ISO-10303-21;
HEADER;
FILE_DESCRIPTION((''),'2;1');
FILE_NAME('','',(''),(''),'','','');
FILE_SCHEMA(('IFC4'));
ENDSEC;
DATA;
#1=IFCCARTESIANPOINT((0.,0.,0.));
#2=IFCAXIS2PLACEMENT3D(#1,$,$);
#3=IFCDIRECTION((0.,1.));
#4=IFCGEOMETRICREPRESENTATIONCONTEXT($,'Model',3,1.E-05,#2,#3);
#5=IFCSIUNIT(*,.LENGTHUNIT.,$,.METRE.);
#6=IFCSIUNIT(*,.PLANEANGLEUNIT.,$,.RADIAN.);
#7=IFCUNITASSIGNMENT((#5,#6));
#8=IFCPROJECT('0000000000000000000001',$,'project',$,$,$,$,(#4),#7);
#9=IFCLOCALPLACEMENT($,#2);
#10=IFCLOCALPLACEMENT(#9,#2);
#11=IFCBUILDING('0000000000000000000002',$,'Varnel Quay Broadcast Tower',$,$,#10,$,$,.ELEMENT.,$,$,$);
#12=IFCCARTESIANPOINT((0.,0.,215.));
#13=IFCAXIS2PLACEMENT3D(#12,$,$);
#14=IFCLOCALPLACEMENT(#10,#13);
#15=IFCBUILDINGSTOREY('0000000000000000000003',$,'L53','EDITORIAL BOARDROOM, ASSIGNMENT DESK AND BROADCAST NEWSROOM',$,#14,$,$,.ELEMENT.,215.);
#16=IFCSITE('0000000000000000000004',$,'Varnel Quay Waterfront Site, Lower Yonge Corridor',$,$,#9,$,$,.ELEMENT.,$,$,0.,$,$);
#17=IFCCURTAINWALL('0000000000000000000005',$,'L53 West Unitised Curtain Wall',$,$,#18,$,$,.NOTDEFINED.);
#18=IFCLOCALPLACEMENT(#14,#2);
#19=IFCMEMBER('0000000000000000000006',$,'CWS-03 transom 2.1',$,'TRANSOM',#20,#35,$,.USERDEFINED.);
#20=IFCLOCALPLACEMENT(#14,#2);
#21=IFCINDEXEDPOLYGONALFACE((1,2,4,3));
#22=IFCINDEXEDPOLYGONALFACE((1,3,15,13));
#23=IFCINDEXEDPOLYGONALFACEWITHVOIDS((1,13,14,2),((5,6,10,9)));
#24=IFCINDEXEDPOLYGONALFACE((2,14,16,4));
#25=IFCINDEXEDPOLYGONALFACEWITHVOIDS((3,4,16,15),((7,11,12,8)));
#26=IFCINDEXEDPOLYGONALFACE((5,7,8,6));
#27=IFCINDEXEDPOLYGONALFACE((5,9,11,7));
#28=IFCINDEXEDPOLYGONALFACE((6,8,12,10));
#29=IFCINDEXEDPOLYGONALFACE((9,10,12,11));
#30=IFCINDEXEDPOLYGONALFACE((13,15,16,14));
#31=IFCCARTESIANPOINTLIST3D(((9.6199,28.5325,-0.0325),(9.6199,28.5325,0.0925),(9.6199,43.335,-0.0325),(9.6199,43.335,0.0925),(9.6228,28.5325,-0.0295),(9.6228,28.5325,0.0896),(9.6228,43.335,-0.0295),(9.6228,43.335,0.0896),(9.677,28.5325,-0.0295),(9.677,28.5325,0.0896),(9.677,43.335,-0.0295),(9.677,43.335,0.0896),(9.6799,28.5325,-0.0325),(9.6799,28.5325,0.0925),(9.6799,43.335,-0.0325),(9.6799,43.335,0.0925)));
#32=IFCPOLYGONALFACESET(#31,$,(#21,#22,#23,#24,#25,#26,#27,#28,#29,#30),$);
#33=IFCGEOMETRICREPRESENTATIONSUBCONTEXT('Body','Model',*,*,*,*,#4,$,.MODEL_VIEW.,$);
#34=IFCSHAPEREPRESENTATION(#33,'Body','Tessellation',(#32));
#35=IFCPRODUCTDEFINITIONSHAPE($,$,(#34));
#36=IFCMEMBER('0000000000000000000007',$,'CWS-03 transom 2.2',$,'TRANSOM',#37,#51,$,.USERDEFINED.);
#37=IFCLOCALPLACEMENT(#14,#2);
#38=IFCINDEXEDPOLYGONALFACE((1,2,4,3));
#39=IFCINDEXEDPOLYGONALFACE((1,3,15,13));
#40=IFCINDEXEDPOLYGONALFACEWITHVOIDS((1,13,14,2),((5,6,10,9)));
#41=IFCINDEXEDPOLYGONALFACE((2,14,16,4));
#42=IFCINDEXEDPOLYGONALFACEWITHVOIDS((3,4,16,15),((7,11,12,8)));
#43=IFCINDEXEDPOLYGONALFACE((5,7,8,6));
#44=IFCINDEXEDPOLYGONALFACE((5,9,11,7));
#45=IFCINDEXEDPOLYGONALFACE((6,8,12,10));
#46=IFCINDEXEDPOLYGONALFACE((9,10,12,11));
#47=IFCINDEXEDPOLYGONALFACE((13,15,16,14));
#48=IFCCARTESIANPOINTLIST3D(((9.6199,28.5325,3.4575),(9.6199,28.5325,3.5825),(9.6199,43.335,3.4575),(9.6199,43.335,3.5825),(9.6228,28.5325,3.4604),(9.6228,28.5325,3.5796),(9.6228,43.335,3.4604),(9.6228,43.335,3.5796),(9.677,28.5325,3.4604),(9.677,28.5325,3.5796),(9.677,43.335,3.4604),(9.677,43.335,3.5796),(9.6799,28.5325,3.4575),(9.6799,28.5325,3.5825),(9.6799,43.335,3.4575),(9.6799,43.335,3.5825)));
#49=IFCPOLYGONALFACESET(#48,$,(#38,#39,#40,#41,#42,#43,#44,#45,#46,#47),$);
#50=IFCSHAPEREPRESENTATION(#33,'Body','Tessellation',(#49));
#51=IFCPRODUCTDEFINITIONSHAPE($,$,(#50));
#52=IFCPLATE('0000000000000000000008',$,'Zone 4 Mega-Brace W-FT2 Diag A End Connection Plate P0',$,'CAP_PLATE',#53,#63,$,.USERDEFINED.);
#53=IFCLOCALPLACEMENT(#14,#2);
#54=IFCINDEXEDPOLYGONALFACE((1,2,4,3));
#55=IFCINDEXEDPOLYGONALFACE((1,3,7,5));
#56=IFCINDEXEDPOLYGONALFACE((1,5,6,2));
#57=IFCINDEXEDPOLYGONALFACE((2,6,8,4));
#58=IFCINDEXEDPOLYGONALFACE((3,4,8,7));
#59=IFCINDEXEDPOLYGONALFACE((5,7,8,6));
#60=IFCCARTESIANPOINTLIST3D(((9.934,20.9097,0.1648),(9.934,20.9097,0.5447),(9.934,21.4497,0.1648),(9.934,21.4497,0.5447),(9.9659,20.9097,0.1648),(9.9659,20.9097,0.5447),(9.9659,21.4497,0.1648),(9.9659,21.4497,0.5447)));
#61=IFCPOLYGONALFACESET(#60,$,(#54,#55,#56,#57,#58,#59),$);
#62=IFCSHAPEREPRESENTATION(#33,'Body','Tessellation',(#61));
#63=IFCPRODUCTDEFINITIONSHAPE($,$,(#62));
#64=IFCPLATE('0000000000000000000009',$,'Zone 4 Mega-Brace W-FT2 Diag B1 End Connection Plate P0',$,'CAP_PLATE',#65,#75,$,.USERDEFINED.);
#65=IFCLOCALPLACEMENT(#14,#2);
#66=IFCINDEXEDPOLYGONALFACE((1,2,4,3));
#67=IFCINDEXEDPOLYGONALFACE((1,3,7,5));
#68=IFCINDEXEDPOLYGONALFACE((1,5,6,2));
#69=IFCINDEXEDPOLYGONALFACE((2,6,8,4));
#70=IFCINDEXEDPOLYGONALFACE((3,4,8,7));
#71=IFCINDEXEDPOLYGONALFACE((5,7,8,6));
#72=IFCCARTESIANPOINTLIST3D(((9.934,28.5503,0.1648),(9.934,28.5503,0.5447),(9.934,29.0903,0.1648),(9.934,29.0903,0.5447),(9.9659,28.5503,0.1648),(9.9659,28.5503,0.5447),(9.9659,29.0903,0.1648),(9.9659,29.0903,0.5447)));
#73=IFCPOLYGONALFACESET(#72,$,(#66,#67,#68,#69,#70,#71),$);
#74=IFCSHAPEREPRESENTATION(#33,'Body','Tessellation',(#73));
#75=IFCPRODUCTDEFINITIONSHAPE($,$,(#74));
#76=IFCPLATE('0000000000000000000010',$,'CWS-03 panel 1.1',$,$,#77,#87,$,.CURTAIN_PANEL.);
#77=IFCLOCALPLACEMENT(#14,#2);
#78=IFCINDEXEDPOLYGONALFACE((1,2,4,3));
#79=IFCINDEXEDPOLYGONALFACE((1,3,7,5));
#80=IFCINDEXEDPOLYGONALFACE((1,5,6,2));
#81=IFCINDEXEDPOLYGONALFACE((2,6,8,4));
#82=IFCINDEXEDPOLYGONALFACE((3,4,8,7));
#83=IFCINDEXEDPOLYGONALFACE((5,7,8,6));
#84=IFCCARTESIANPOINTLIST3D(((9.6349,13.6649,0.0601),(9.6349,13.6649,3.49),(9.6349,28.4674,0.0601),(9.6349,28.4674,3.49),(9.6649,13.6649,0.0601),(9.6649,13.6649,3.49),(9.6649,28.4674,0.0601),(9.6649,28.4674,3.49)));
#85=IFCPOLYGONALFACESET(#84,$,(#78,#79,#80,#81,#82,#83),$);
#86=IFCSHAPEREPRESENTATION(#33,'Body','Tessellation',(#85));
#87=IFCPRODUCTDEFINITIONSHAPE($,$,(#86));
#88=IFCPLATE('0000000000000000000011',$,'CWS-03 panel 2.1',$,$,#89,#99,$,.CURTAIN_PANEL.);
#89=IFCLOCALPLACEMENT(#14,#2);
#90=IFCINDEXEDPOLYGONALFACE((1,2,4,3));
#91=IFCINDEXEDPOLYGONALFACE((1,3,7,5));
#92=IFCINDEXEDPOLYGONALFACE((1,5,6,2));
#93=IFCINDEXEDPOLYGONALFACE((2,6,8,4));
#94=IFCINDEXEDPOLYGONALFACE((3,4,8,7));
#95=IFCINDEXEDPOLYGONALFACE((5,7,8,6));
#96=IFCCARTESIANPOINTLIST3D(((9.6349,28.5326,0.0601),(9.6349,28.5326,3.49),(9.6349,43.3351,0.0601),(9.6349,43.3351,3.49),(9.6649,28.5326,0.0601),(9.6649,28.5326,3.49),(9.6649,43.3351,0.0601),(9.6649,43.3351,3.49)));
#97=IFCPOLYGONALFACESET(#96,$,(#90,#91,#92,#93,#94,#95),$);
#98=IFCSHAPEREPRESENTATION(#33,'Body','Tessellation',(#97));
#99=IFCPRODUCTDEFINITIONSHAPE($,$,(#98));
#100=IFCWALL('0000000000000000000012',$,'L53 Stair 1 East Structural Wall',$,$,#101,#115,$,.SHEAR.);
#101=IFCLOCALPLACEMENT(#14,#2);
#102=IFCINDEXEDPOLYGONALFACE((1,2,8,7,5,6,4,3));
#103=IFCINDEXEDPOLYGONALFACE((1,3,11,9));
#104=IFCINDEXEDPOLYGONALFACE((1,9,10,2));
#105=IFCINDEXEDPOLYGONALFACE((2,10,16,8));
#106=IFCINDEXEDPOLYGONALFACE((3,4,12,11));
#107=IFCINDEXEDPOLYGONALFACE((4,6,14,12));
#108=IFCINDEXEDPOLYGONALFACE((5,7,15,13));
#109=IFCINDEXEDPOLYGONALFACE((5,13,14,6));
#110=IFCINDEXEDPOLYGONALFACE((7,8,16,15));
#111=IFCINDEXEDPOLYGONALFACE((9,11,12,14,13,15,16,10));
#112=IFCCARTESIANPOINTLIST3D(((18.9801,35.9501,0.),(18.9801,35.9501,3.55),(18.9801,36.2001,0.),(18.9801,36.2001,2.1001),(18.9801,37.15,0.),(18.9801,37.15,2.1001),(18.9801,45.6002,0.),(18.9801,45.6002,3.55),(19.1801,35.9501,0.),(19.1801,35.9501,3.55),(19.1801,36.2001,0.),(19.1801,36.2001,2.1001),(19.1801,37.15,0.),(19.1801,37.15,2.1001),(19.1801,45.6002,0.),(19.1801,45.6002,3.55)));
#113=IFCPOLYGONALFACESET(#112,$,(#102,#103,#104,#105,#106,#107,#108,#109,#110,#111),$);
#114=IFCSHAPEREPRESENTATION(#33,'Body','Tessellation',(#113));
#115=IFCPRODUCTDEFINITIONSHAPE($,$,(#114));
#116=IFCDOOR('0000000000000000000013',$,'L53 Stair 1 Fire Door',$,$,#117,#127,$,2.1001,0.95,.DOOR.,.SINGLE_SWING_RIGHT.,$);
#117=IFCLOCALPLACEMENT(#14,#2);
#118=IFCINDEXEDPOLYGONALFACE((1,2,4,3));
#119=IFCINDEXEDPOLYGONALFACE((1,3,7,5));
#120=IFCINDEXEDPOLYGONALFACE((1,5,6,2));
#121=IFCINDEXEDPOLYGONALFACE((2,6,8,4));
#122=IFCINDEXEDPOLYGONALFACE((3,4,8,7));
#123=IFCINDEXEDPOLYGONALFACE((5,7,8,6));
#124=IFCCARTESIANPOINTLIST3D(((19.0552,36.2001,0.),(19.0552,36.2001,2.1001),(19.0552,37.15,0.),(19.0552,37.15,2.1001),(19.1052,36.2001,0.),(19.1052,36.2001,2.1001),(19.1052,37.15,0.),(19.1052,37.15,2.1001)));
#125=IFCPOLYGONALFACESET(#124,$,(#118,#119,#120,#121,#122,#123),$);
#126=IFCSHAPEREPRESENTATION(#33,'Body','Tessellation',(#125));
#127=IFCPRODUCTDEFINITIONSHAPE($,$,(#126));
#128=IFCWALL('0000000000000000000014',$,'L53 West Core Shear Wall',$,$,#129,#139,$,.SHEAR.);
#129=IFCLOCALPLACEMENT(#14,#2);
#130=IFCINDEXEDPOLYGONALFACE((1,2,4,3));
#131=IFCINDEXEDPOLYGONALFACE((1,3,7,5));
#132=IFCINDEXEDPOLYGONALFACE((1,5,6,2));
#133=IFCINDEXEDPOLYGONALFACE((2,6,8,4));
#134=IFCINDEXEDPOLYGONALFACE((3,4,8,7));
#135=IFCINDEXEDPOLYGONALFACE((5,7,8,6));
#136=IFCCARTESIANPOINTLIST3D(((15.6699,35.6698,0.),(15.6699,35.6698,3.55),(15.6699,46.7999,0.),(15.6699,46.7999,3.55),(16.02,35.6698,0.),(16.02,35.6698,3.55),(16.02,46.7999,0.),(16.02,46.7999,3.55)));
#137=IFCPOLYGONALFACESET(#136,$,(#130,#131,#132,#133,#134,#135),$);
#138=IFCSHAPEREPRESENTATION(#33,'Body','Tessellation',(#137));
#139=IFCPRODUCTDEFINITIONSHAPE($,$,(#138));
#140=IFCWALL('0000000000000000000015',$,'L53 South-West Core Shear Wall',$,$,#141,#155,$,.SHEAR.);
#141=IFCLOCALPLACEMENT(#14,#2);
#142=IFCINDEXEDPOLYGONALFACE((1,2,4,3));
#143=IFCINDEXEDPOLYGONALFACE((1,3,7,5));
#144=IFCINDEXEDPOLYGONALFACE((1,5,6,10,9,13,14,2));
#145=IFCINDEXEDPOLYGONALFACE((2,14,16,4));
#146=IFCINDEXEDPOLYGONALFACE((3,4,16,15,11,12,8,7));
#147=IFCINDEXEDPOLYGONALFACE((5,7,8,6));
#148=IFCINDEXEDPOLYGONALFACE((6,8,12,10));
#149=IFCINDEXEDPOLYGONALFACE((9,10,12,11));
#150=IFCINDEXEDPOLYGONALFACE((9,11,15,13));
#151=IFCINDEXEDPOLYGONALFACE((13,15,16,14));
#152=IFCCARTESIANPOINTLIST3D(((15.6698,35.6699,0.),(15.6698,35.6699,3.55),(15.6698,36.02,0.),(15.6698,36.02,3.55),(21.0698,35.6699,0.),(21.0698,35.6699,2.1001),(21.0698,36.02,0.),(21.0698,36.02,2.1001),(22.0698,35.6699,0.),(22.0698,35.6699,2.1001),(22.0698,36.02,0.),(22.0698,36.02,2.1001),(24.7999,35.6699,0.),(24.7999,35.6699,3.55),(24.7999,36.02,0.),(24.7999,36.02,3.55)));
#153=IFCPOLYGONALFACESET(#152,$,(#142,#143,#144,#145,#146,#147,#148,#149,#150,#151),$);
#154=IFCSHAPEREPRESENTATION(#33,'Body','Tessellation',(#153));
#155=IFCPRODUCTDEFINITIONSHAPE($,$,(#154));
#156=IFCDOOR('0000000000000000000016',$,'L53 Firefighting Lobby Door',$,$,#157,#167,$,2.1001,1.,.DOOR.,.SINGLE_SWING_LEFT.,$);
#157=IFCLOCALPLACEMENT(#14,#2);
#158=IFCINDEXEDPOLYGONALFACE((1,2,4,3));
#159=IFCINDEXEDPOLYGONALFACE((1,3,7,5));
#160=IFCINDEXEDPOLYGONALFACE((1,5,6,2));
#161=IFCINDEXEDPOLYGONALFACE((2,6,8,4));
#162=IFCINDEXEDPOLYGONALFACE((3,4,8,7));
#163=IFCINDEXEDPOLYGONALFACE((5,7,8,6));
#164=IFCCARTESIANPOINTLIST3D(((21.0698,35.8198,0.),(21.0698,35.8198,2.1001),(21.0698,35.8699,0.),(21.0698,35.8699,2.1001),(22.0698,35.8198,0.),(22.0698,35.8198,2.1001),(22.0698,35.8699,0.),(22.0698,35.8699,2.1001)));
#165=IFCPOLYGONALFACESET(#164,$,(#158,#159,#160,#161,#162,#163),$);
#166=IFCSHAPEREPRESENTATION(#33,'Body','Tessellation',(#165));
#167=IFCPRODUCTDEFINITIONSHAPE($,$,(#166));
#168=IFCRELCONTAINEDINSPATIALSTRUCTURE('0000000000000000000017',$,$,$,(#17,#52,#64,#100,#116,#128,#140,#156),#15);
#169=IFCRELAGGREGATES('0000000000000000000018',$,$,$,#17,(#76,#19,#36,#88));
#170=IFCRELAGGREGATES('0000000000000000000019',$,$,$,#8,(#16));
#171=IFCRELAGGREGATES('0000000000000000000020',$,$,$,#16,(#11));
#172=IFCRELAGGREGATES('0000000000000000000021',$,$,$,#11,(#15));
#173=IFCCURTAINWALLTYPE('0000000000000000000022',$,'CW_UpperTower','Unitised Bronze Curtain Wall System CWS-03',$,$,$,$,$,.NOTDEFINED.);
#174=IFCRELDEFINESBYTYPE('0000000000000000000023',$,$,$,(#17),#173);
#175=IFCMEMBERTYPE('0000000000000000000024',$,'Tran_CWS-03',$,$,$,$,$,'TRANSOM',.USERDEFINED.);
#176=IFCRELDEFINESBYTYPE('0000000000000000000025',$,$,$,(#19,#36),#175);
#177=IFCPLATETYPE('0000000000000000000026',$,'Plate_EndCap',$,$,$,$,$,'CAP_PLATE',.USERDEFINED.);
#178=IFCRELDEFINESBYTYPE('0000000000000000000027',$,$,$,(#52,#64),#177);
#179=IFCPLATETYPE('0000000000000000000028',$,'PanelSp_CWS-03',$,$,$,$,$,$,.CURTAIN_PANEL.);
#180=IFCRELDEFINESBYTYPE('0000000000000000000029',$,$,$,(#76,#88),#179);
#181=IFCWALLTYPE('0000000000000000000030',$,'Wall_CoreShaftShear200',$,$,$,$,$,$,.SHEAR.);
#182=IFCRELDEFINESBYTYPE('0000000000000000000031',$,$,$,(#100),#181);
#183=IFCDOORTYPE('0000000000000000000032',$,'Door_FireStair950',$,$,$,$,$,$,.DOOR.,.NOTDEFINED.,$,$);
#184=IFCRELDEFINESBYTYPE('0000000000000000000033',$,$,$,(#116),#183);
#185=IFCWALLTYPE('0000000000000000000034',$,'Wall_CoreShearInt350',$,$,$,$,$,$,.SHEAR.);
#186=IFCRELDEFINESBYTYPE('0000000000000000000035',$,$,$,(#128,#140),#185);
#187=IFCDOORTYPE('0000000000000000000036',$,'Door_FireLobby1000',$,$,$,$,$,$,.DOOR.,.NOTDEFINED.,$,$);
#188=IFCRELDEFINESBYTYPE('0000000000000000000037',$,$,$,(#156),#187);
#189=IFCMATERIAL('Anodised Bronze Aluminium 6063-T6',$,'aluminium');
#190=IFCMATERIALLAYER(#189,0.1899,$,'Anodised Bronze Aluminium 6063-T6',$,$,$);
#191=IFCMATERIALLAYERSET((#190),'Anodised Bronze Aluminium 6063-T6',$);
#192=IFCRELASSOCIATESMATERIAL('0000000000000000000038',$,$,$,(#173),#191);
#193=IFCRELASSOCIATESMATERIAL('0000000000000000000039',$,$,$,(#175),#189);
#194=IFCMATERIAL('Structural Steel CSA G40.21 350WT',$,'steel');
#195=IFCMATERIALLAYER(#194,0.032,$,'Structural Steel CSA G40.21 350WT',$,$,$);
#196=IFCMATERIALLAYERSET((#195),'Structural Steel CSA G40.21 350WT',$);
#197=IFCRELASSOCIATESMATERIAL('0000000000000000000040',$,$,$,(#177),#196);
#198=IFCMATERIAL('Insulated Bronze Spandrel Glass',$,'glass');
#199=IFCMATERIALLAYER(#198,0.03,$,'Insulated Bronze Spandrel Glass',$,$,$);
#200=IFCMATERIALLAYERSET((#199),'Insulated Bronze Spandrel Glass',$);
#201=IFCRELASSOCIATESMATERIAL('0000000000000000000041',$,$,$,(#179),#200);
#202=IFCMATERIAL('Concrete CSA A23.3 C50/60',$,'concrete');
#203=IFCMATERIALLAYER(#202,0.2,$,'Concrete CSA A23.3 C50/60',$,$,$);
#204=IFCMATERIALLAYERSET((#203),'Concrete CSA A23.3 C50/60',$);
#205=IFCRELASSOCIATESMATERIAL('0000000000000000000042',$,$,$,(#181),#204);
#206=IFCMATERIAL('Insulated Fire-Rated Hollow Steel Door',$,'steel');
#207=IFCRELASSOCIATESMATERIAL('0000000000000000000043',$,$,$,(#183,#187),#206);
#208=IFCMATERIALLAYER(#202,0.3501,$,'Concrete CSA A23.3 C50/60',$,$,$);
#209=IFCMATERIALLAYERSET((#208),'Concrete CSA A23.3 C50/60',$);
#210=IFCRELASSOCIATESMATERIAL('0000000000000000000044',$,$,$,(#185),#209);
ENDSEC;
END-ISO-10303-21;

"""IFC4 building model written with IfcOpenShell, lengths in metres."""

from ifc_helpers import new_model, si_unit, direction, frame, frame_2d, origin, origin_2d, place, context, subcontext, project, spatial, rectangle, hollow_rectangle, extrude, source, transform, mapped, material, layer, layer_set, material_profile, profile_set, type_object, type_shapes, element, fill, aggregate, save


model = new_model("IFC4")

# Units and contexts
model_context = context("Model", 3, precision=1e-05, world=origin(), true_north=direction((0.0, 1.0)))
body_context = subcontext(model_context, "Body", "Model", "MODEL_VIEW")
ifc_project = project(units=[si_unit("LENGTHUNIT", "METRE"), si_unit("PLANEANGLEUNIT", "RADIAN")], contexts=[model_context])

# Site, building, storey
site_placement = place(None, origin())
site = spatial("IfcSite", under=ifc_project, at=site_placement, Name="Varnel Quay Waterfront Site, Lower Yonge Corridor", CompositionType="ELEMENT", RefElevation=0.0)
building_placement = place(site_placement, origin())
building = spatial("IfcBuilding", under=site, at=building_placement, Name="Varnel Quay Broadcast Tower", CompositionType="ELEMENT")
storey_placement = place(building_placement, frame((0.0, 0.0, 215.0)))
storey = spatial("IfcBuildingStorey", under=building, at=storey_placement, Name="L53", Description="EDITORIAL BOARDROOM, ASSIGNMENT DESK AND BROADCAST NEWSROOM", CompositionType="ELEMENT", Elevation=215.0)

# Shared definitions
ifc_material_1 = material(Name="Structural Steel CSA G40.21 350WT", Category="steel")

# Shared definitions
ifc_material_2 = material(Name="Concrete CSA A23.3 C50/60", Category="concrete")

# Curtain wall, members
ifc_material_3 = material(Name="Anodised Bronze Aluminium 6063-T6", Category="aluminium")
ifc_layer_1 = layer(ifc_material_3, 0.1899, Name="Anodised Bronze Aluminium 6063-T6")
ifc_layer_set_1 = layer_set([ifc_layer_1], Name="Anodised Bronze Aluminium 6063-T6")
curtain_wall_type = type_object("IfcCurtainWallType", Name="CW_UpperTower", Description="Unitised Bronze Curtain Wall System CWS-03", PredefinedType="NOTDEFINED", material=ifc_layer_set_1)
curtain_wall_placement = place(storey_placement, origin())
curtain_wall = element("IfcCurtainWall", 1, at=curtain_wall_placement, inside=storey, type_object=curtain_wall_type, Name="L53 West Unitised Curtain Wall", PredefinedType="NOTDEFINED")
ifc_material_profile_1 = material_profile(ifc_material_3, hollow_rectangle(XDim=0.0601, YDim=0.125, WallThickness=0.0029, at=origin_2d()), Name="ALU60X125X3")
ifc_profile_set_1 = profile_set([ifc_material_profile_1], Name="Anodised Bronze Aluminium 6063-T6")
member_type_1 = type_object("IfcMemberType", Name="Tran_CWS-03", ElementType="TRANSOM", PredefinedType="USERDEFINED", material=ifc_profile_set_1)
shared_shape_1 = source(origin(), body_context, "Body", "SweptSolid", [
    extrude(hollow_rectangle(XDim=0.0601, YDim=0.125, WallThickness=0.0029, at=origin_2d()), origin(), (0.0, 0.0, 1.0), 14.8025),
])
type_shapes(member_type_1, [shared_shape_1])
member_1_placement = place(storey_placement, frame((9.6499, 28.5325, 0.03), z_axis=(0.0, 1.0, 0.0), x_axis=(-1.0, 0.0, 0.0)))
member_1 = element("IfcMember", 2, at=member_1_placement, type_object=member_type_1, Name="CWS-03 transom 2.1", ObjectType="TRANSOM", PredefinedType="USERDEFINED", context=body_context, shape_type="MappedRepresentation", body=[
    mapped(shared_shape_1, transform((0.0, 0.0, 0.0), x_axis=(1.0, 0.0, 0.0), y_axis=(0.0, 1.0, 0.0), z_axis=(0.0, 0.0, 1.0), scale=1.0)),
])
member_2_placement = place(storey_placement, frame((9.6499, 28.5325, 3.52), z_axis=(0.0, 1.0, 0.0), x_axis=(-1.0, 0.0, 0.0)))
member_2 = element("IfcMember", 3, at=member_2_placement, type_object=member_type_1, Name="CWS-03 transom 2.2", ObjectType="TRANSOM", PredefinedType="USERDEFINED", context=body_context, shape_type="MappedRepresentation", body=[
    mapped(shared_shape_1, transform((0.0, 0.0, 0.0), x_axis=(1.0, 0.0, 0.0), y_axis=(0.0, 1.0, 0.0), z_axis=(0.0, 0.0, 1.0), scale=1.0)),
])

# Plates
ifc_layer_2 = layer(ifc_material_1, 0.032, Name="Structural Steel CSA G40.21 350WT")
ifc_layer_set_2 = layer_set([ifc_layer_2], Name="Structural Steel CSA G40.21 350WT")
plate_type_1 = type_object("IfcPlateType", Name="Plate_EndCap", ElementType="CAP_PLATE", PredefinedType="USERDEFINED", material=ifc_layer_set_2)
shared_shape_2 = source(origin(), body_context, "Body", "SweptSolid", [
    extrude(rectangle(XDim=0.54, YDim=0.032, at=origin_2d()), origin(), (0.0, 0.0, 1.0), 0.3799),
])
type_shapes(plate_type_1, [shared_shape_2])
for number, where, z_axis, x_axis, name in (
    (4, (9.95, 21.1797, 0.1648), (0.0, 0.0, 1.0), (0.0, 1.0, 0.0), "Zone 4 Mega-Brace W-FT2 Diag A End Connection Plate P0"),
    (5, (9.95, 28.8203, 0.1648), (0.0, 0.0, 1.0), (0.0, 1.0, 0.0), "Zone 4 Mega-Brace W-FT2 Diag B1 End Connection Plate P0"),
):
    element("IfcPlate", number, at=place(storey_placement, frame(where, z_axis=z_axis, x_axis=x_axis)), inside=storey, type_object=plate_type_1, Name=name, ObjectType="CAP_PLATE", PredefinedType="USERDEFINED", context=body_context, shape_type="MappedRepresentation", body=[
        mapped(shared_shape_2, transform((0.0, 0.0, 0.0), x_axis=(1.0, 0.0, 0.0), y_axis=(0.0, 1.0, 0.0), z_axis=(0.0, 0.0, 1.0), scale=1.0)),
    ])

# Plates
ifc_material_4 = material(Name="Insulated Bronze Spandrel Glass", Category="glass")
ifc_layer_3 = layer(ifc_material_4, 0.03, Name="Insulated Bronze Spandrel Glass")
ifc_layer_set_3 = layer_set([ifc_layer_3], Name="Insulated Bronze Spandrel Glass")
plate_type_2 = type_object("IfcPlateType", Name="PanelSp_CWS-03", PredefinedType="CURTAIN_PANEL", material=ifc_layer_set_3)
shared_shape_3 = source(origin(), body_context, "Body", "SweptSolid", [
    extrude(rectangle(XDim=14.8025, YDim=0.03, at=origin_2d()), origin(), (0.0, 0.0, 1.0), 3.4299),
])
type_shapes(plate_type_2, [shared_shape_3])
plate_1_placement = place(storey_placement, frame((9.6499, 21.0662, 0.0601), z_axis=(0.0, 0.0, 1.0), x_axis=(0.0, 1.0, 0.0)))
plate_1 = element("IfcPlate", 6, at=plate_1_placement, type_object=plate_type_2, Name="CWS-03 panel 1.1", PredefinedType="CURTAIN_PANEL", context=body_context, shape_type="MappedRepresentation", body=[
    mapped(shared_shape_3, transform((0.0, 0.0, 0.0), x_axis=(1.0, 0.0, 0.0), y_axis=(0.0, 1.0, 0.0), z_axis=(0.0, 0.0, 1.0), scale=1.0)),
])
plate_2_placement = place(storey_placement, frame((9.6499, 35.9338, 0.0601), z_axis=(0.0, 0.0, 1.0), x_axis=(0.0, 1.0, 0.0)))
plate_2 = element("IfcPlate", 7, at=plate_2_placement, type_object=plate_type_2, Name="CWS-03 panel 2.1", PredefinedType="CURTAIN_PANEL", context=body_context, shape_type="MappedRepresentation", body=[
    mapped(shared_shape_3, transform((0.0, 0.0, 0.0), x_axis=(1.0, 0.0, 0.0), y_axis=(0.0, 1.0, 0.0), z_axis=(0.0, 0.0, 1.0), scale=1.0)),
])
aggregate(curtain_wall, [plate_1, member_1, member_2, plate_2])

# Wall, opening, door
ifc_layer_4 = layer(ifc_material_2, 0.2, Name="Concrete CSA A23.3 C50/60")
ifc_layer_set_4 = layer_set([ifc_layer_4], Name="Concrete CSA A23.3 C50/60")
wall_type_1 = type_object("IfcWallType", Name="Wall_CoreShaftShear200", PredefinedType="SHEAR", material=ifc_layer_set_4)
wall_1_placement = place(storey_placement, frame((19.0801, 35.95, 0.0), z_axis=(0.0, 0.0, 1.0), x_axis=(0.0, 1.0, 0.0)))
wall_1 = element("IfcWall", 8, at=wall_1_placement, inside=storey, type_object=wall_type_1, Name="L53 Stair 1 East Structural Wall", PredefinedType="SHEAR", context=body_context, shape_type="SweptSolid", body=[
    extrude(rectangle(XDim=9.6501, YDim=0.2, at=frame_2d((4.8252, 0.0))), origin(), (0.0, 0.0, 1.0), 3.55),
])
opening_1_placement = place(wall_1_placement, frame((0.25, 0.0, 0.0)))
opening_1 = element("IfcOpeningElement", 9, at=opening_1_placement, cuts=wall_1, PredefinedType="OPENING", context=body_context, shape_type="SweptSolid", body=[
    extrude(rectangle(XDim=0.95, YDim=2.1001, at=frame_2d((0.4751, 1.05))), frame((0.0, 0.1099, 0.0), z_axis=(0.0, -1.0, 0.0), x_axis=(1.0, 0.0, 0.0)), (0.0, 0.0, 1.0), 0.22),
])
ifc_material_5 = material(Name="Insulated Fire-Rated Hollow Steel Door", Category="steel")
door_type_1 = type_object("IfcDoorType", Name="Door_FireStair950", OperationType="NOTDEFINED", PredefinedType="DOOR", material=ifc_material_5)
shared_shape_4 = source(origin(), body_context, "Body", "SweptSolid", [
    extrude(rectangle(XDim=0.95, YDim=2.1001, at=frame_2d((0.4751, 1.05))), frame((0.0, 0.0249, 0.0), z_axis=(0.0, -1.0, 0.0), x_axis=(1.0, 0.0, 0.0)), (0.0, 0.0, 1.0), 0.05),
])
type_shapes(door_type_1, [shared_shape_4])
door_1_placement = place(opening_1_placement, origin())
door_1 = element("IfcDoor", 10, at=door_1_placement, inside=storey, type_object=door_type_1, Name="L53 Stair 1 Fire Door", OperationType="SINGLE_SWING_RIGHT", OverallHeight=2.1001, OverallWidth=0.95, PredefinedType="DOOR", context=body_context, shape_type="MappedRepresentation", body=[
    mapped(shared_shape_4, transform((0.0, 0.0, 0.0), x_axis=(1.0, 0.0, 0.0), y_axis=(0.0, 1.0, 0.0), z_axis=(0.0, 0.0, 1.0), scale=1.0)),
])
fill(opening_1, door_1)

# Wall
ifc_layer_5 = layer(ifc_material_2, 0.3501, Name="Concrete CSA A23.3 C50/60")
ifc_layer_set_5 = layer_set([ifc_layer_5], Name="Concrete CSA A23.3 C50/60")
wall_type_2 = type_object("IfcWallType", Name="Wall_CoreShearInt350", PredefinedType="SHEAR", material=ifc_layer_set_5)
wall_2_placement = place(storey_placement, frame((15.845, 35.6699, 0.0), z_axis=(0.0, 0.0, 1.0), x_axis=(0.0, 1.0, 0.0)))
element("IfcWall", 11, at=wall_2_placement, inside=storey, type_object=wall_type_2, Name="L53 West Core Shear Wall", PredefinedType="SHEAR", context=body_context, shape_type="SweptSolid", body=[
    extrude(rectangle(XDim=11.1301, YDim=0.3501, at=frame_2d((5.5649, 0.0))), origin(), (0.0, 0.0, 1.0), 3.55),
])

# Wall, opening, door
wall_3_placement = place(storey_placement, frame((15.6699, 35.845, 0.0), z_axis=(0.0, 0.0, 1.0), x_axis=(1.0, 0.0, 0.0)))
wall_3 = element("IfcWall", 12, at=wall_3_placement, inside=storey, type_object=wall_type_2, Name="L53 South-West Core Shear Wall", PredefinedType="SHEAR", context=body_context, shape_type="SweptSolid", body=[
    extrude(rectangle(XDim=9.1301, YDim=0.3501, at=frame_2d((4.5649, 0.0))), origin(), (0.0, 0.0, 1.0), 3.55),
])
opening_2_placement = place(wall_3_placement, frame((5.3999, 0.0, 0.0)))
opening_2 = element("IfcOpeningElement", 13, at=opening_2_placement, cuts=wall_3, PredefinedType="OPENING", context=body_context, shape_type="SweptSolid", body=[
    extrude(rectangle(XDim=1.0, YDim=2.1001, at=frame_2d((0.5, 1.05))), frame((0.0, 0.1851, 0.0), z_axis=(0.0, -1.0, 0.0), x_axis=(1.0, 0.0, 0.0)), (0.0, 0.0, 1.0), 0.3701),
])
door_type_2 = type_object("IfcDoorType", Name="Door_FireLobby1000", OperationType="NOTDEFINED", PredefinedType="DOOR", material=ifc_material_5)
shared_shape_5 = source(origin(), body_context, "Body", "SweptSolid", [
    extrude(rectangle(XDim=1.0, YDim=2.1001, at=frame_2d((0.5, 1.05))), frame((0.0, 0.0249, 0.0), z_axis=(0.0, -1.0, 0.0), x_axis=(1.0, 0.0, 0.0)), (0.0, 0.0, 1.0), 0.05),
])
type_shapes(door_type_2, [shared_shape_5])
door_2_placement = place(opening_2_placement, origin())
door_2 = element("IfcDoor", 14, at=door_2_placement, inside=storey, type_object=door_type_2, Name="L53 Firefighting Lobby Door", OperationType="SINGLE_SWING_LEFT", OverallHeight=2.1001, OverallWidth=1.0, PredefinedType="DOOR", context=body_context, shape_type="MappedRepresentation", body=[
    mapped(shared_shape_5, transform((0.0, 0.0, 0.0), x_axis=(1.0, 0.0, 0.0), y_axis=(0.0, 1.0, 0.0), z_axis=(0.0, 0.0, 1.0), scale=1.0)),
])
fill(opening_2, door_2)

save(model, "model.ifc")
